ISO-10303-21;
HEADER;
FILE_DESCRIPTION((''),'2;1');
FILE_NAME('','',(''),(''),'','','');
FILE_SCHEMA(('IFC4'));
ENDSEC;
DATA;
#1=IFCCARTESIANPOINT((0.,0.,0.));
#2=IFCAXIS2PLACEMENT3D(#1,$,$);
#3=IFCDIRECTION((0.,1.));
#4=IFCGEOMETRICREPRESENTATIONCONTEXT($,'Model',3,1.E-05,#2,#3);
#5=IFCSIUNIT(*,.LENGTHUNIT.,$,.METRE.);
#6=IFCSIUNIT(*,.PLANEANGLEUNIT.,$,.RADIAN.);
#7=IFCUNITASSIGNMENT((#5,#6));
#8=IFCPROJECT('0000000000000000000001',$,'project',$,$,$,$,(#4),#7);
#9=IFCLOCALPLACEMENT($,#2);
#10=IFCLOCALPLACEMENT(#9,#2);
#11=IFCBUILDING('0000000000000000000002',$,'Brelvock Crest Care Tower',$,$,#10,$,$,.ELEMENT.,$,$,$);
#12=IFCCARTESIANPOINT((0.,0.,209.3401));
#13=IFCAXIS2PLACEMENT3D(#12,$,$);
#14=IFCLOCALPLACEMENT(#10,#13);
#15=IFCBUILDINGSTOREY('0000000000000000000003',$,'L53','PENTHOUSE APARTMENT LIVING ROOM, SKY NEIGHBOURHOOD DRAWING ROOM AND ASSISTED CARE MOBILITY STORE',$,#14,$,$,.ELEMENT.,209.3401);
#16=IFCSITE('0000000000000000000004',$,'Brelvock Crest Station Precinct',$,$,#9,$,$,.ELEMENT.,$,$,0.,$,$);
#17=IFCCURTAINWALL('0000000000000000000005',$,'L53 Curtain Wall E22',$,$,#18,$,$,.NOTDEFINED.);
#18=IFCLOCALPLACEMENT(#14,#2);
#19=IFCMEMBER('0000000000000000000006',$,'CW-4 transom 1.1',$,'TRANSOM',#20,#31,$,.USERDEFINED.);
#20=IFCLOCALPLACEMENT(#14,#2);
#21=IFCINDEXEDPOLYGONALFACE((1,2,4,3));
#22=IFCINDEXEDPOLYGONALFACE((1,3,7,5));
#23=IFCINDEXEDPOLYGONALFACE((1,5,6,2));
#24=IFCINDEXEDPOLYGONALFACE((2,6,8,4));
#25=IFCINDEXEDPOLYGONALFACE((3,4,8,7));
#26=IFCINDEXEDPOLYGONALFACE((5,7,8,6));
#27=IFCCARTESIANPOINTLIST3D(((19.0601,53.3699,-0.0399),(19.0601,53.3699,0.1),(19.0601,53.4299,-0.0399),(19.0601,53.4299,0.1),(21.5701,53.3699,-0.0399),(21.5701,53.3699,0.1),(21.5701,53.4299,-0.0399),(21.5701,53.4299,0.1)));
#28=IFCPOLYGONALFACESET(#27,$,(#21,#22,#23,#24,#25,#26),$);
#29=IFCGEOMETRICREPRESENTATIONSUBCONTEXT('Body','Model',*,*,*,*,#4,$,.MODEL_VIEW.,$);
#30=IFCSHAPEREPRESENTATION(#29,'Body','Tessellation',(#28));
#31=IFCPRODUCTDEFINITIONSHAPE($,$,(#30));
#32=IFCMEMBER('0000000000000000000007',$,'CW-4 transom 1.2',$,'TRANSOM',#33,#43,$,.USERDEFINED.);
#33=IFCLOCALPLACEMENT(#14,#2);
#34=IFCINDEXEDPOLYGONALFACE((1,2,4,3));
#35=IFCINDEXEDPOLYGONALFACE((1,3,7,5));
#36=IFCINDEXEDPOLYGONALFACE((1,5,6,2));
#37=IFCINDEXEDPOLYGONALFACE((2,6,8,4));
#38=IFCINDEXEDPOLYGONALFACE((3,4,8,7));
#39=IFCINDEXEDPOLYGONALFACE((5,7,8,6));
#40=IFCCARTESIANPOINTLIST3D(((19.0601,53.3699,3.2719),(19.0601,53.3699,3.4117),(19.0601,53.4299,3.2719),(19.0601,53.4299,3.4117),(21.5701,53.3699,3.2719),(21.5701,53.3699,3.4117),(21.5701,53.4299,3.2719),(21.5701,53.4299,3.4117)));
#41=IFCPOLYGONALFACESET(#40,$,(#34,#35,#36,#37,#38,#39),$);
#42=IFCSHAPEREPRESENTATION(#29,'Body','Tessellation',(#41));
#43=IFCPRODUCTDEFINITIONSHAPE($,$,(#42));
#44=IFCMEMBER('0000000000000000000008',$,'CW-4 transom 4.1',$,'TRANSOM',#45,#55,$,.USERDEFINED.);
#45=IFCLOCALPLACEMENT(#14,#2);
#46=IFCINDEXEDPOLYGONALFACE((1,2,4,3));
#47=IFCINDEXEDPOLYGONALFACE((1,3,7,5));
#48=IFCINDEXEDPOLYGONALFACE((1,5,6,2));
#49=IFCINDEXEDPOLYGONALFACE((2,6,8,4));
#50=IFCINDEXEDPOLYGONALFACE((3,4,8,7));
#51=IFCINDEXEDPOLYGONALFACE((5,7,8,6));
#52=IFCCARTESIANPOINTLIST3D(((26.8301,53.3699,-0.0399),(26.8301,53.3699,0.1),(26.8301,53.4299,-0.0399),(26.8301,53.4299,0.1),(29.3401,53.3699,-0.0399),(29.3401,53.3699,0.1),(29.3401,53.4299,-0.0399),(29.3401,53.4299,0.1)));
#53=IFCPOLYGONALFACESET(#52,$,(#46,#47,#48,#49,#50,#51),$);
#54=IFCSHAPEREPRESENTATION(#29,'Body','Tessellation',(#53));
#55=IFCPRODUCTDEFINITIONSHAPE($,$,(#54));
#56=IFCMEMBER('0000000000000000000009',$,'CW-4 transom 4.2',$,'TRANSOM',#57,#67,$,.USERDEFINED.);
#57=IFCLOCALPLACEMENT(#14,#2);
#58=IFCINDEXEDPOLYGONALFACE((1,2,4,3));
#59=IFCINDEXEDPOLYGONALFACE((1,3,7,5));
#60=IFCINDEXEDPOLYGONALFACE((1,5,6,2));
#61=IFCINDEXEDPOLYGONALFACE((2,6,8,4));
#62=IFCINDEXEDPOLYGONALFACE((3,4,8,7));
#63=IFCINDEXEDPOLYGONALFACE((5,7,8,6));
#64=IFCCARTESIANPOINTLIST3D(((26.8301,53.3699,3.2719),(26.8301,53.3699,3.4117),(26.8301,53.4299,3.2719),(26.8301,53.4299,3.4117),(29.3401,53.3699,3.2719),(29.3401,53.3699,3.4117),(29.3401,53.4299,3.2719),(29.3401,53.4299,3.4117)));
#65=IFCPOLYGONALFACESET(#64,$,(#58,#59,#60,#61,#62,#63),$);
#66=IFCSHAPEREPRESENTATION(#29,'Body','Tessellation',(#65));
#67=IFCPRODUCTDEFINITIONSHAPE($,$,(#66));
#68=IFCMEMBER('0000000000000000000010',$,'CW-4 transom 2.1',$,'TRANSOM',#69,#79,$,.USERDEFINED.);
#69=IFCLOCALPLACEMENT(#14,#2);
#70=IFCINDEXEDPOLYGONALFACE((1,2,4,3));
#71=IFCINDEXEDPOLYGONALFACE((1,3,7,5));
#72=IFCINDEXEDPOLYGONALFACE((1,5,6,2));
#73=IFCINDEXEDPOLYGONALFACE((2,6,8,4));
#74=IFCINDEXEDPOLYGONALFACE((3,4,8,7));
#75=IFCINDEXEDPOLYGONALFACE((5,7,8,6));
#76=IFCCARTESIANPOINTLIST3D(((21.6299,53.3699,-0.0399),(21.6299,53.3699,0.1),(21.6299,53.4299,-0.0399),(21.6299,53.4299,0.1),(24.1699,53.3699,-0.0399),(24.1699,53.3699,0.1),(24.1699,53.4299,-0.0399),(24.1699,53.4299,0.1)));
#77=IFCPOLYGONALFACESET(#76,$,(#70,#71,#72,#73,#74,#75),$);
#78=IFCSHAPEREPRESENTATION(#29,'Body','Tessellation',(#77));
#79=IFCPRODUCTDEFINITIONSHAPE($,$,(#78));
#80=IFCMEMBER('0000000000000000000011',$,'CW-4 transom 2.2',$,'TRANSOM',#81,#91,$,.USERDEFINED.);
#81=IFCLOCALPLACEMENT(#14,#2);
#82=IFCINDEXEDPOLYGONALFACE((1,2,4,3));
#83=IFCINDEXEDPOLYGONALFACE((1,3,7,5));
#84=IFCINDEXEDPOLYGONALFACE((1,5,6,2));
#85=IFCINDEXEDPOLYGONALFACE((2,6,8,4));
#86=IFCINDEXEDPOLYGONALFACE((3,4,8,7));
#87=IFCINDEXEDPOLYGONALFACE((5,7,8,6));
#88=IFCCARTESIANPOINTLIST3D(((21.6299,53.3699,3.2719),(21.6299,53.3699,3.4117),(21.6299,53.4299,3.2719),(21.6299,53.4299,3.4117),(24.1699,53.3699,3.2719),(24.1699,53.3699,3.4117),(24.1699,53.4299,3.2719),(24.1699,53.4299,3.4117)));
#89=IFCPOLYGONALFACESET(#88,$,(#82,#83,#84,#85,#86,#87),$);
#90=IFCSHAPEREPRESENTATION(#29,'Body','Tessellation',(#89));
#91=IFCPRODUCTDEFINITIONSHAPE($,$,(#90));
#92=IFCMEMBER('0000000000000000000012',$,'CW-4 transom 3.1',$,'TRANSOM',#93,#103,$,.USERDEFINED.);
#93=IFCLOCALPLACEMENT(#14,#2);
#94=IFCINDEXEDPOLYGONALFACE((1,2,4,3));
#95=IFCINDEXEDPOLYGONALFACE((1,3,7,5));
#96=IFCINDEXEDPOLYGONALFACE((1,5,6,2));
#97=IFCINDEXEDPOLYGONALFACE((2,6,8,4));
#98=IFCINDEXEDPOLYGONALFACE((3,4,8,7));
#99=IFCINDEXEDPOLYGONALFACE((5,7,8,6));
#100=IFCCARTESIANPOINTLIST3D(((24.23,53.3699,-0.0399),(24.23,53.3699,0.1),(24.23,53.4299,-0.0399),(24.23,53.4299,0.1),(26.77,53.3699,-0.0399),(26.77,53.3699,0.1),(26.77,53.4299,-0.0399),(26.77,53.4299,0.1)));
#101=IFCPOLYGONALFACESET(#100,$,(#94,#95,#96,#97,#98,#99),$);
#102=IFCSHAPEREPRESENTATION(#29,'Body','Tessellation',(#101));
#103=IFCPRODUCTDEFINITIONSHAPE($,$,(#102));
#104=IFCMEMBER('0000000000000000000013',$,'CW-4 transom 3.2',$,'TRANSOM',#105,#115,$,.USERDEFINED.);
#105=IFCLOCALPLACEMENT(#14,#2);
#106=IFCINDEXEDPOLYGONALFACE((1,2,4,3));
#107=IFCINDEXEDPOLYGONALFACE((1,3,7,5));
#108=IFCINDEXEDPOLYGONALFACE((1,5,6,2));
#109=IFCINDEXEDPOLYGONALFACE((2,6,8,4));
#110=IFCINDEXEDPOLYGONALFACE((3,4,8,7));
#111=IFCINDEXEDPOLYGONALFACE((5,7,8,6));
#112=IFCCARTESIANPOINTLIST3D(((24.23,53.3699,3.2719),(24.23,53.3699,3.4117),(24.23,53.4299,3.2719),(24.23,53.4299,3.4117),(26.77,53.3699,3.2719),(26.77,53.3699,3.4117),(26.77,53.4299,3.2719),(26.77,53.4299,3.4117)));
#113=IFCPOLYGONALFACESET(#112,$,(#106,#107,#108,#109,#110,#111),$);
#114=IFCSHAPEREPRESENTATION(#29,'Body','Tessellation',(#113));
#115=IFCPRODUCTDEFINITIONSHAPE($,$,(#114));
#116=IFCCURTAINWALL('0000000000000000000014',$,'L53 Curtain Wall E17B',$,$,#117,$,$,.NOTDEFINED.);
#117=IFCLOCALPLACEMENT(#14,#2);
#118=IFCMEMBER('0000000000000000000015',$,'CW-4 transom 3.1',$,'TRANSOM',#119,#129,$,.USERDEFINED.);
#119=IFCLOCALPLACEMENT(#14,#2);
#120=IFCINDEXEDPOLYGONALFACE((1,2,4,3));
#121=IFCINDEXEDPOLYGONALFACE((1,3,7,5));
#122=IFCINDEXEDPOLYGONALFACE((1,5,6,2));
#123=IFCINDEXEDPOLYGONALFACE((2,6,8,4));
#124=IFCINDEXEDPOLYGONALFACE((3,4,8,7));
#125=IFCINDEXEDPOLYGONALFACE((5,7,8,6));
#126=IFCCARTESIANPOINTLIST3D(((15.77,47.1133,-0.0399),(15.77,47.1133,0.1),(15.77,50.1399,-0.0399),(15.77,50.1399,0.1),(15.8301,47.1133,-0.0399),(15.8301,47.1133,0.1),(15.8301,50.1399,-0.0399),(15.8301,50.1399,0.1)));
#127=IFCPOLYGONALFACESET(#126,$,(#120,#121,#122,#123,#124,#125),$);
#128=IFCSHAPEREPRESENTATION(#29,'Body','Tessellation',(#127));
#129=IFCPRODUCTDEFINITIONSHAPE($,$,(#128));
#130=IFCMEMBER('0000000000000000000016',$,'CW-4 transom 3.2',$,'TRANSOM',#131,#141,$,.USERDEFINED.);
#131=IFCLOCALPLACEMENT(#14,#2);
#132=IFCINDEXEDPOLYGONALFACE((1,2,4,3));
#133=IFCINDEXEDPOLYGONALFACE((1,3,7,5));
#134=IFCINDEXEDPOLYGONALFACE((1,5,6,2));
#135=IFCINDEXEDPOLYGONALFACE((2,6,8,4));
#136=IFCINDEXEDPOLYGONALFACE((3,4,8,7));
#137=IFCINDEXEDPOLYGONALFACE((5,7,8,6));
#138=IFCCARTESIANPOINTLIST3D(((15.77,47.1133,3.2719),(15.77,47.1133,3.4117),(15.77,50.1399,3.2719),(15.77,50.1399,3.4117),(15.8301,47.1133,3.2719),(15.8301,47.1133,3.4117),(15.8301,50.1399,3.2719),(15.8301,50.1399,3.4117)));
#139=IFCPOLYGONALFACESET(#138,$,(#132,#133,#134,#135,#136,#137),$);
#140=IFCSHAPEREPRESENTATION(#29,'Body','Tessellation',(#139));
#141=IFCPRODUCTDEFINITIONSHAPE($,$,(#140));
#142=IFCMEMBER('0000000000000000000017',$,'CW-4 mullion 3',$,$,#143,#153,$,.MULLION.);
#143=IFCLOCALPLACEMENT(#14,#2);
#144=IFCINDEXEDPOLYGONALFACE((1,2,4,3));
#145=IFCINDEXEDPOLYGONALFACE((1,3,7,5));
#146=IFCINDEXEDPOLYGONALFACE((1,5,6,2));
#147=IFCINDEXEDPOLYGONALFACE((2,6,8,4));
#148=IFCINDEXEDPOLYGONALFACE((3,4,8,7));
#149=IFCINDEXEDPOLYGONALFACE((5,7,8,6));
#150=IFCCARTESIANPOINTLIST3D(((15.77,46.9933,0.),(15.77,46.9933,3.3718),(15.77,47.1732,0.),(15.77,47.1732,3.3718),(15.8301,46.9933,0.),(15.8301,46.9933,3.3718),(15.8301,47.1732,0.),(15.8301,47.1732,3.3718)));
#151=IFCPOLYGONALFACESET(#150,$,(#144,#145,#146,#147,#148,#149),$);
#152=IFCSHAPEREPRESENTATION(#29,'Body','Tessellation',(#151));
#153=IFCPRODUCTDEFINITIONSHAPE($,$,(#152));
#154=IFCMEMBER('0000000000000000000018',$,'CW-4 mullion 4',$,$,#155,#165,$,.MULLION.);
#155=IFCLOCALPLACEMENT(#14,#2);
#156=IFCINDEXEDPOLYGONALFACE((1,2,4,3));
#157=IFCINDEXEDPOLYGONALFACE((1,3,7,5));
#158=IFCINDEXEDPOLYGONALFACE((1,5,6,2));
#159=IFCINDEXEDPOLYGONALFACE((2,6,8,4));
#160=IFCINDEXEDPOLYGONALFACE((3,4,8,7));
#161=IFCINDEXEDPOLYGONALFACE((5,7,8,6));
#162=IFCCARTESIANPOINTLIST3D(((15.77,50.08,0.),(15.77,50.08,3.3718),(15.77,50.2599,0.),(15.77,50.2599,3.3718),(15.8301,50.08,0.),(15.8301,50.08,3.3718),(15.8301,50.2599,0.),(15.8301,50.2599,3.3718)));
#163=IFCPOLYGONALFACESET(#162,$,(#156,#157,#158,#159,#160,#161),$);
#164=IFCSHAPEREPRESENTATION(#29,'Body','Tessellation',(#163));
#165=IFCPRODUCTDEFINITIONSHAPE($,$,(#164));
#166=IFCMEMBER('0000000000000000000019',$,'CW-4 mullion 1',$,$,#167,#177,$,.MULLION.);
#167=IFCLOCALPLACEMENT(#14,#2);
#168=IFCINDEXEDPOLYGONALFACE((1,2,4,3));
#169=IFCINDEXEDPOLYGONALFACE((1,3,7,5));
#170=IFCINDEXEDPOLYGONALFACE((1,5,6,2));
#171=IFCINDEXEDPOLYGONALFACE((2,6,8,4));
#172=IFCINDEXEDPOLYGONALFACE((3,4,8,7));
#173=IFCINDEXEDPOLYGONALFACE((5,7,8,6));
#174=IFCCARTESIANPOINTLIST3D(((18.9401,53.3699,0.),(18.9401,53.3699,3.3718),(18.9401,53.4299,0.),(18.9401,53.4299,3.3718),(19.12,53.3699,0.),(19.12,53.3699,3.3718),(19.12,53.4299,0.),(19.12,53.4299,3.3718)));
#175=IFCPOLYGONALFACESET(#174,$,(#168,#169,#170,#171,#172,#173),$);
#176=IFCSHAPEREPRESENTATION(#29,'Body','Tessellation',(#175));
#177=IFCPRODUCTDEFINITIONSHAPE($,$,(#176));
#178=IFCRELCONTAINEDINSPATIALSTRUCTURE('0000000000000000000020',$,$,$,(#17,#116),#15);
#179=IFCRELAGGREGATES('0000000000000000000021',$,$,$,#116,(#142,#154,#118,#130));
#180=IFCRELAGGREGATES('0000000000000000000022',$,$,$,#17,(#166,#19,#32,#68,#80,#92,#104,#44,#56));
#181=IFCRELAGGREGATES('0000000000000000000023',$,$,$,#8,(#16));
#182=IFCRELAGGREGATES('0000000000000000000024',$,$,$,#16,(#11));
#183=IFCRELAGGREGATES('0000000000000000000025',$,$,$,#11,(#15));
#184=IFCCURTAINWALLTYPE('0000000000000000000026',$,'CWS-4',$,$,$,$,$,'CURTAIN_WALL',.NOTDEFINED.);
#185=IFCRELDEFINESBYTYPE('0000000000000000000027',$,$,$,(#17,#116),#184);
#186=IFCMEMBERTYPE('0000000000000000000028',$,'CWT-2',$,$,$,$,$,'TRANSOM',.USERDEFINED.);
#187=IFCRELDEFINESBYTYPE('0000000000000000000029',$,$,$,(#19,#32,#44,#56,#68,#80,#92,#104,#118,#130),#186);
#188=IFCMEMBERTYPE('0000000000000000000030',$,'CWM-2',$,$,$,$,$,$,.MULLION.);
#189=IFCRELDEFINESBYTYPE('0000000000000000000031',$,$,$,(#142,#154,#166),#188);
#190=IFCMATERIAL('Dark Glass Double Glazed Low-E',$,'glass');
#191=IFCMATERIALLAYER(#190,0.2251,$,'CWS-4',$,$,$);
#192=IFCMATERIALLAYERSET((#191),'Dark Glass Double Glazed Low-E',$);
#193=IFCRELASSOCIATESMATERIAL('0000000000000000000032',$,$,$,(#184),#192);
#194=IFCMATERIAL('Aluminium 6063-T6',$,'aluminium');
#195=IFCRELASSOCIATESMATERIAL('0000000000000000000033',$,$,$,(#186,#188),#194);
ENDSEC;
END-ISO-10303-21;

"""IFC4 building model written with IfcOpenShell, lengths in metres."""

from ifc_helpers import new_model, si_unit, direction, frame, origin, origin_2d, place, context, subcontext, project, spatial, rectangle, extrude, source, transform, mapped, material, layer, layer_set, material_profile, profile_set, type_object, element, aggregate, save


model = new_model("IFC4")

# Units and contexts
model_context = context("Model", 3, precision=1e-05, world=origin(), true_north=direction((0.0, 1.0)))
body_context = subcontext(model_context, "Body", "Model", "MODEL_VIEW")
ifc_project = project(units=[si_unit("LENGTHUNIT", "METRE"), si_unit("PLANEANGLEUNIT", "RADIAN")], contexts=[model_context])

# Site, building, storey
site_placement = place(None, origin())
site = spatial("IfcSite", under=ifc_project, at=site_placement, Name="Brelvock Crest Station Precinct", CompositionType="ELEMENT", RefElevation=0.0)
building_placement = place(site_placement, origin())
building = spatial("IfcBuilding", under=site, at=building_placement, Name="Brelvock Crest Care Tower", CompositionType="ELEMENT")
storey_placement = place(building_placement, frame((0.0, 0.0, 209.3401)))
storey = spatial("IfcBuildingStorey", under=building, at=storey_placement, Name="L53", Description="PENTHOUSE APARTMENT LIVING ROOM, SKY NEIGHBOURHOOD DRAWING ROOM AND ASSISTED CARE MOBILITY STORE", CompositionType="ELEMENT", Elevation=209.3401)

# Curtain walls, members
ifc_material_1 = material(Name="Dark Glass Double Glazed Low-E", Category="glass")
ifc_layer_1 = layer(ifc_material_1, 0.2251, Name="CWS-4")
ifc_layer_set_1 = layer_set([ifc_layer_1], Name="Dark Glass Double Glazed Low-E")
curtain_wall_type = type_object("IfcCurtainWallType", Name="CWS-4", ElementType="CURTAIN_WALL", PredefinedType="NOTDEFINED", material=ifc_layer_set_1)
curtain_wall_1_placement = place(storey_placement, origin())
curtain_wall_1 = element("IfcCurtainWall", 1, at=curtain_wall_1_placement, inside=storey, type_object=curtain_wall_type, Name="L53 Curtain Wall E22", PredefinedType="NOTDEFINED")
ifc_material_2 = material(Name="Aluminium 6063-T6", Category="aluminium")
ifc_material_profile_1 = material_profile(ifc_material_2, rectangle(XDim=0.0601, YDim=0.1399, at=origin_2d()), Name="ALU60x140")
ifc_profile_set_1 = profile_set([ifc_material_profile_1], Name="Aluminium 6063-T6")
member_type_1 = type_object("IfcMemberType", Name="CWT-2", ElementType="TRANSOM", PredefinedType="USERDEFINED", material=ifc_profile_set_1)
shared_shape_1 = source(origin(), body_context, "Body", "SweptSolid", [
    extrude(rectangle(XDim=0.0601, YDim=0.1399, at=origin_2d()), origin(), (0.0, 0.0, 1.0), 2.51),
])
member_1_placement = place(storey_placement, frame((19.0601, 53.3999, 0.03), z_axis=(1.0, 0.0, 0.0), x_axis=(0.0, 1.0, 0.0)))
member_1 = element("IfcMember", 2, at=member_1_placement, type_object=member_type_1, Name="CW-4 transom 1.1", ObjectType="TRANSOM", PredefinedType="USERDEFINED", context=body_context, shape_type="MappedRepresentation", body=[
    mapped(shared_shape_1, transform((0.0, 0.0, 0.0), x_axis=(1.0, 0.0, 0.0), y_axis=(0.0, 1.0, 0.0), z_axis=(0.0, 0.0, 1.0), scale=1.0)),
])
member_2_placement = place(storey_placement, frame((19.0601, 53.3999, 3.3418), z_axis=(1.0, 0.0, 0.0), x_axis=(0.0, 1.0, 0.0)))
member_2 = element("IfcMember", 3, at=member_2_placement, type_object=member_type_1, Name="CW-4 transom 1.2", ObjectType="TRANSOM", PredefinedType="USERDEFINED", context=body_context, shape_type="MappedRepresentation", body=[
    mapped(shared_shape_1, transform((0.0, 0.0, 0.0), x_axis=(1.0, 0.0, 0.0), y_axis=(0.0, 1.0, 0.0), z_axis=(0.0, 0.0, 1.0), scale=1.0)),
])
member_3_placement = place(storey_placement, frame((26.8301, 53.3999, 0.03), z_axis=(1.0, 0.0, 0.0), x_axis=(0.0, 1.0, 0.0)))
member_3 = element("IfcMember", 4, at=member_3_placement, type_object=member_type_1, Name="CW-4 transom 4.1", ObjectType="TRANSOM", PredefinedType="USERDEFINED", context=body_context, shape_type="MappedRepresentation", body=[
    mapped(shared_shape_1, transform((0.0, 0.0, 0.0), x_axis=(1.0, 0.0, 0.0), y_axis=(0.0, 1.0, 0.0), z_axis=(0.0, 0.0, 1.0), scale=1.0)),
])
member_4_placement = place(storey_placement, frame((26.8301, 53.3999, 3.3418), z_axis=(1.0, 0.0, 0.0), x_axis=(0.0, 1.0, 0.0)))
member_4 = element("IfcMember", 5, at=member_4_placement, type_object=member_type_1, Name="CW-4 transom 4.2", ObjectType="TRANSOM", PredefinedType="USERDEFINED", context=body_context, shape_type="MappedRepresentation", body=[
    mapped(shared_shape_1, transform((0.0, 0.0, 0.0), x_axis=(1.0, 0.0, 0.0), y_axis=(0.0, 1.0, 0.0), z_axis=(0.0, 0.0, 1.0), scale=1.0)),
])
shared_shape_2 = source(origin(), body_context, "Body", "SweptSolid", [
    extrude(rectangle(XDim=0.0601, YDim=0.1399, at=origin_2d()), origin(), (0.0, 0.0, 1.0), 2.54),
])
member_5_placement = place(storey_placement, frame((21.6299, 53.3999, 0.03), z_axis=(1.0, 0.0, 0.0), x_axis=(0.0, 1.0, 0.0)))
member_5 = element("IfcMember", 6, at=member_5_placement, type_object=member_type_1, Name="CW-4 transom 2.1", ObjectType="TRANSOM", PredefinedType="USERDEFINED", context=body_context, shape_type="MappedRepresentation", body=[
    mapped(shared_shape_2, transform((0.0, 0.0, 0.0), x_axis=(1.0, 0.0, 0.0), y_axis=(0.0, 1.0, 0.0), z_axis=(0.0, 0.0, 1.0), scale=1.0)),
])
member_6_placement = place(storey_placement, frame((21.6299, 53.3999, 3.3418), z_axis=(1.0, 0.0, 0.0), x_axis=(0.0, 1.0, 0.0)))
member_6 = element("IfcMember", 7, at=member_6_placement, type_object=member_type_1, Name="CW-4 transom 2.2", ObjectType="TRANSOM", PredefinedType="USERDEFINED", context=body_context, shape_type="MappedRepresentation", body=[
    mapped(shared_shape_2, transform((0.0, 0.0, 0.0), x_axis=(1.0, 0.0, 0.0), y_axis=(0.0, 1.0, 0.0), z_axis=(0.0, 0.0, 1.0), scale=1.0)),
])
member_7_placement = place(storey_placement, frame((24.23, 53.3999, 0.03), z_axis=(1.0, 0.0, 0.0), x_axis=(0.0, 1.0, 0.0)))
member_7 = element("IfcMember", 8, at=member_7_placement, type_object=member_type_1, Name="CW-4 transom 3.1", ObjectType="TRANSOM", PredefinedType="USERDEFINED", context=body_context, shape_type="MappedRepresentation", body=[
    mapped(shared_shape_2, transform((0.0, 0.0, 0.0), x_axis=(1.0, 0.0, 0.0), y_axis=(0.0, 1.0, 0.0), z_axis=(0.0, 0.0, 1.0), scale=1.0)),
])
member_8_placement = place(storey_placement, frame((24.23, 53.3999, 3.3418), z_axis=(1.0, 0.0, 0.0), x_axis=(0.0, 1.0, 0.0)))
member_8 = element("IfcMember", 9, at=member_8_placement, type_object=member_type_1, Name="CW-4 transom 3.2", ObjectType="TRANSOM", PredefinedType="USERDEFINED", context=body_context, shape_type="MappedRepresentation", body=[
    mapped(shared_shape_2, transform((0.0, 0.0, 0.0), x_axis=(1.0, 0.0, 0.0), y_axis=(0.0, 1.0, 0.0), z_axis=(0.0, 0.0, 1.0), scale=1.0)),
])
curtain_wall_2_placement = place(storey_placement, origin())
curtain_wall_2 = element("IfcCurtainWall", 10, at=curtain_wall_2_placement, inside=storey, type_object=curtain_wall_type, Name="L53 Curtain Wall E17B", PredefinedType="NOTDEFINED")
shared_shape_3 = source(origin(), body_context, "Body", "SweptSolid", [
    extrude(rectangle(XDim=0.0601, YDim=0.1399, at=origin_2d()), origin(), (0.0, 0.0, 1.0), 3.0266),
])
member_9_placement = place(storey_placement, frame((15.8, 47.1133, 0.03), z_axis=(0.0, 1.0, 0.0), x_axis=(-1.0, 0.0, 0.0)))
member_9 = element("IfcMember", 11, at=member_9_placement, type_object=member_type_1, Name="CW-4 transom 3.1", ObjectType="TRANSOM", PredefinedType="USERDEFINED", context=body_context, shape_type="MappedRepresentation", body=[
    mapped(shared_shape_3, transform((0.0, 0.0, 0.0), x_axis=(1.0, 0.0, 0.0), y_axis=(0.0, 1.0, 0.0), z_axis=(0.0, 0.0, 1.0), scale=1.0)),
])
member_10_placement = place(storey_placement, frame((15.8, 47.1133, 3.3418), z_axis=(0.0, 1.0, 0.0), x_axis=(-1.0, 0.0, 0.0)))
member_10 = element("IfcMember", 12, at=member_10_placement, type_object=member_type_1, Name="CW-4 transom 3.2", ObjectType="TRANSOM", PredefinedType="USERDEFINED", context=body_context, shape_type="MappedRepresentation", body=[
    mapped(shared_shape_3, transform((0.0, 0.0, 0.0), x_axis=(1.0, 0.0, 0.0), y_axis=(0.0, 1.0, 0.0), z_axis=(0.0, 0.0, 1.0), scale=1.0)),
])
ifc_material_profile_2 = material_profile(ifc_material_2, rectangle(XDim=0.0601, YDim=0.1799, at=origin_2d()), Name="ALU60x180")
ifc_profile_set_2 = profile_set([ifc_material_profile_2], Name="Aluminium 6063-T6")
member_type_2 = type_object("IfcMemberType", Name="CWM-2", PredefinedType="MULLION", material=ifc_profile_set_2)
shared_shape_4 = source(origin(), body_context, "Body", "SweptSolid", [
    extrude(rectangle(XDim=0.0601, YDim=0.1799, at=origin_2d()), origin(), (0.0, 0.0, 1.0), 3.3718),
])
member_11_placement = place(storey_placement, frame((15.8, 47.0833, 0.0), z_axis=(0.0, 0.0, 1.0), x_axis=(-1.0, 0.0, 0.0)))
member_11 = element("IfcMember", 13, at=member_11_placement, type_object=member_type_2, Name="CW-4 mullion 3", PredefinedType="MULLION", context=body_context, shape_type="MappedRepresentation", body=[
    mapped(shared_shape_4, transform((0.0, 0.0, 0.0), x_axis=(1.0, 0.0, 0.0), y_axis=(0.0, 1.0, 0.0), z_axis=(0.0, 0.0, 1.0), scale=1.0)),
])
member_12_placement = place(storey_placement, frame((15.8, 50.1699, 0.0), z_axis=(0.0, 0.0, 1.0), x_axis=(-1.0, 0.0, 0.0)))
member_12 = element("IfcMember", 14, at=member_12_placement, type_object=member_type_2, Name="CW-4 mullion 4", PredefinedType="MULLION", context=body_context, shape_type="MappedRepresentation", body=[
    mapped(shared_shape_4, transform((0.0, 0.0, 0.0), x_axis=(1.0, 0.0, 0.0), y_axis=(0.0, 1.0, 0.0), z_axis=(0.0, 0.0, 1.0), scale=1.0)),
])

# Member
member_13_placement = place(storey_placement, frame((19.03, 53.3999, 0.0), z_axis=(0.0, 0.0, 1.0), x_axis=(0.0, 1.0, 0.0)))
member_13 = element("IfcMember", 15, at=member_13_placement, type_object=member_type_2, Name="CW-4 mullion 1", PredefinedType="MULLION", context=body_context, shape_type="MappedRepresentation", body=[
    mapped(shared_shape_4, transform((0.0, 0.0, 0.0), x_axis=(1.0, 0.0, 0.0), y_axis=(0.0, 1.0, 0.0), z_axis=(0.0, 0.0, 1.0), scale=1.0)),
])

aggregate(curtain_wall_2, [member_11, member_12, member_9, member_10])
aggregate(curtain_wall_1, [member_13, member_1, member_2, member_5, member_6, member_7, member_8, member_3, member_4])

save(model, "model.ifc")
